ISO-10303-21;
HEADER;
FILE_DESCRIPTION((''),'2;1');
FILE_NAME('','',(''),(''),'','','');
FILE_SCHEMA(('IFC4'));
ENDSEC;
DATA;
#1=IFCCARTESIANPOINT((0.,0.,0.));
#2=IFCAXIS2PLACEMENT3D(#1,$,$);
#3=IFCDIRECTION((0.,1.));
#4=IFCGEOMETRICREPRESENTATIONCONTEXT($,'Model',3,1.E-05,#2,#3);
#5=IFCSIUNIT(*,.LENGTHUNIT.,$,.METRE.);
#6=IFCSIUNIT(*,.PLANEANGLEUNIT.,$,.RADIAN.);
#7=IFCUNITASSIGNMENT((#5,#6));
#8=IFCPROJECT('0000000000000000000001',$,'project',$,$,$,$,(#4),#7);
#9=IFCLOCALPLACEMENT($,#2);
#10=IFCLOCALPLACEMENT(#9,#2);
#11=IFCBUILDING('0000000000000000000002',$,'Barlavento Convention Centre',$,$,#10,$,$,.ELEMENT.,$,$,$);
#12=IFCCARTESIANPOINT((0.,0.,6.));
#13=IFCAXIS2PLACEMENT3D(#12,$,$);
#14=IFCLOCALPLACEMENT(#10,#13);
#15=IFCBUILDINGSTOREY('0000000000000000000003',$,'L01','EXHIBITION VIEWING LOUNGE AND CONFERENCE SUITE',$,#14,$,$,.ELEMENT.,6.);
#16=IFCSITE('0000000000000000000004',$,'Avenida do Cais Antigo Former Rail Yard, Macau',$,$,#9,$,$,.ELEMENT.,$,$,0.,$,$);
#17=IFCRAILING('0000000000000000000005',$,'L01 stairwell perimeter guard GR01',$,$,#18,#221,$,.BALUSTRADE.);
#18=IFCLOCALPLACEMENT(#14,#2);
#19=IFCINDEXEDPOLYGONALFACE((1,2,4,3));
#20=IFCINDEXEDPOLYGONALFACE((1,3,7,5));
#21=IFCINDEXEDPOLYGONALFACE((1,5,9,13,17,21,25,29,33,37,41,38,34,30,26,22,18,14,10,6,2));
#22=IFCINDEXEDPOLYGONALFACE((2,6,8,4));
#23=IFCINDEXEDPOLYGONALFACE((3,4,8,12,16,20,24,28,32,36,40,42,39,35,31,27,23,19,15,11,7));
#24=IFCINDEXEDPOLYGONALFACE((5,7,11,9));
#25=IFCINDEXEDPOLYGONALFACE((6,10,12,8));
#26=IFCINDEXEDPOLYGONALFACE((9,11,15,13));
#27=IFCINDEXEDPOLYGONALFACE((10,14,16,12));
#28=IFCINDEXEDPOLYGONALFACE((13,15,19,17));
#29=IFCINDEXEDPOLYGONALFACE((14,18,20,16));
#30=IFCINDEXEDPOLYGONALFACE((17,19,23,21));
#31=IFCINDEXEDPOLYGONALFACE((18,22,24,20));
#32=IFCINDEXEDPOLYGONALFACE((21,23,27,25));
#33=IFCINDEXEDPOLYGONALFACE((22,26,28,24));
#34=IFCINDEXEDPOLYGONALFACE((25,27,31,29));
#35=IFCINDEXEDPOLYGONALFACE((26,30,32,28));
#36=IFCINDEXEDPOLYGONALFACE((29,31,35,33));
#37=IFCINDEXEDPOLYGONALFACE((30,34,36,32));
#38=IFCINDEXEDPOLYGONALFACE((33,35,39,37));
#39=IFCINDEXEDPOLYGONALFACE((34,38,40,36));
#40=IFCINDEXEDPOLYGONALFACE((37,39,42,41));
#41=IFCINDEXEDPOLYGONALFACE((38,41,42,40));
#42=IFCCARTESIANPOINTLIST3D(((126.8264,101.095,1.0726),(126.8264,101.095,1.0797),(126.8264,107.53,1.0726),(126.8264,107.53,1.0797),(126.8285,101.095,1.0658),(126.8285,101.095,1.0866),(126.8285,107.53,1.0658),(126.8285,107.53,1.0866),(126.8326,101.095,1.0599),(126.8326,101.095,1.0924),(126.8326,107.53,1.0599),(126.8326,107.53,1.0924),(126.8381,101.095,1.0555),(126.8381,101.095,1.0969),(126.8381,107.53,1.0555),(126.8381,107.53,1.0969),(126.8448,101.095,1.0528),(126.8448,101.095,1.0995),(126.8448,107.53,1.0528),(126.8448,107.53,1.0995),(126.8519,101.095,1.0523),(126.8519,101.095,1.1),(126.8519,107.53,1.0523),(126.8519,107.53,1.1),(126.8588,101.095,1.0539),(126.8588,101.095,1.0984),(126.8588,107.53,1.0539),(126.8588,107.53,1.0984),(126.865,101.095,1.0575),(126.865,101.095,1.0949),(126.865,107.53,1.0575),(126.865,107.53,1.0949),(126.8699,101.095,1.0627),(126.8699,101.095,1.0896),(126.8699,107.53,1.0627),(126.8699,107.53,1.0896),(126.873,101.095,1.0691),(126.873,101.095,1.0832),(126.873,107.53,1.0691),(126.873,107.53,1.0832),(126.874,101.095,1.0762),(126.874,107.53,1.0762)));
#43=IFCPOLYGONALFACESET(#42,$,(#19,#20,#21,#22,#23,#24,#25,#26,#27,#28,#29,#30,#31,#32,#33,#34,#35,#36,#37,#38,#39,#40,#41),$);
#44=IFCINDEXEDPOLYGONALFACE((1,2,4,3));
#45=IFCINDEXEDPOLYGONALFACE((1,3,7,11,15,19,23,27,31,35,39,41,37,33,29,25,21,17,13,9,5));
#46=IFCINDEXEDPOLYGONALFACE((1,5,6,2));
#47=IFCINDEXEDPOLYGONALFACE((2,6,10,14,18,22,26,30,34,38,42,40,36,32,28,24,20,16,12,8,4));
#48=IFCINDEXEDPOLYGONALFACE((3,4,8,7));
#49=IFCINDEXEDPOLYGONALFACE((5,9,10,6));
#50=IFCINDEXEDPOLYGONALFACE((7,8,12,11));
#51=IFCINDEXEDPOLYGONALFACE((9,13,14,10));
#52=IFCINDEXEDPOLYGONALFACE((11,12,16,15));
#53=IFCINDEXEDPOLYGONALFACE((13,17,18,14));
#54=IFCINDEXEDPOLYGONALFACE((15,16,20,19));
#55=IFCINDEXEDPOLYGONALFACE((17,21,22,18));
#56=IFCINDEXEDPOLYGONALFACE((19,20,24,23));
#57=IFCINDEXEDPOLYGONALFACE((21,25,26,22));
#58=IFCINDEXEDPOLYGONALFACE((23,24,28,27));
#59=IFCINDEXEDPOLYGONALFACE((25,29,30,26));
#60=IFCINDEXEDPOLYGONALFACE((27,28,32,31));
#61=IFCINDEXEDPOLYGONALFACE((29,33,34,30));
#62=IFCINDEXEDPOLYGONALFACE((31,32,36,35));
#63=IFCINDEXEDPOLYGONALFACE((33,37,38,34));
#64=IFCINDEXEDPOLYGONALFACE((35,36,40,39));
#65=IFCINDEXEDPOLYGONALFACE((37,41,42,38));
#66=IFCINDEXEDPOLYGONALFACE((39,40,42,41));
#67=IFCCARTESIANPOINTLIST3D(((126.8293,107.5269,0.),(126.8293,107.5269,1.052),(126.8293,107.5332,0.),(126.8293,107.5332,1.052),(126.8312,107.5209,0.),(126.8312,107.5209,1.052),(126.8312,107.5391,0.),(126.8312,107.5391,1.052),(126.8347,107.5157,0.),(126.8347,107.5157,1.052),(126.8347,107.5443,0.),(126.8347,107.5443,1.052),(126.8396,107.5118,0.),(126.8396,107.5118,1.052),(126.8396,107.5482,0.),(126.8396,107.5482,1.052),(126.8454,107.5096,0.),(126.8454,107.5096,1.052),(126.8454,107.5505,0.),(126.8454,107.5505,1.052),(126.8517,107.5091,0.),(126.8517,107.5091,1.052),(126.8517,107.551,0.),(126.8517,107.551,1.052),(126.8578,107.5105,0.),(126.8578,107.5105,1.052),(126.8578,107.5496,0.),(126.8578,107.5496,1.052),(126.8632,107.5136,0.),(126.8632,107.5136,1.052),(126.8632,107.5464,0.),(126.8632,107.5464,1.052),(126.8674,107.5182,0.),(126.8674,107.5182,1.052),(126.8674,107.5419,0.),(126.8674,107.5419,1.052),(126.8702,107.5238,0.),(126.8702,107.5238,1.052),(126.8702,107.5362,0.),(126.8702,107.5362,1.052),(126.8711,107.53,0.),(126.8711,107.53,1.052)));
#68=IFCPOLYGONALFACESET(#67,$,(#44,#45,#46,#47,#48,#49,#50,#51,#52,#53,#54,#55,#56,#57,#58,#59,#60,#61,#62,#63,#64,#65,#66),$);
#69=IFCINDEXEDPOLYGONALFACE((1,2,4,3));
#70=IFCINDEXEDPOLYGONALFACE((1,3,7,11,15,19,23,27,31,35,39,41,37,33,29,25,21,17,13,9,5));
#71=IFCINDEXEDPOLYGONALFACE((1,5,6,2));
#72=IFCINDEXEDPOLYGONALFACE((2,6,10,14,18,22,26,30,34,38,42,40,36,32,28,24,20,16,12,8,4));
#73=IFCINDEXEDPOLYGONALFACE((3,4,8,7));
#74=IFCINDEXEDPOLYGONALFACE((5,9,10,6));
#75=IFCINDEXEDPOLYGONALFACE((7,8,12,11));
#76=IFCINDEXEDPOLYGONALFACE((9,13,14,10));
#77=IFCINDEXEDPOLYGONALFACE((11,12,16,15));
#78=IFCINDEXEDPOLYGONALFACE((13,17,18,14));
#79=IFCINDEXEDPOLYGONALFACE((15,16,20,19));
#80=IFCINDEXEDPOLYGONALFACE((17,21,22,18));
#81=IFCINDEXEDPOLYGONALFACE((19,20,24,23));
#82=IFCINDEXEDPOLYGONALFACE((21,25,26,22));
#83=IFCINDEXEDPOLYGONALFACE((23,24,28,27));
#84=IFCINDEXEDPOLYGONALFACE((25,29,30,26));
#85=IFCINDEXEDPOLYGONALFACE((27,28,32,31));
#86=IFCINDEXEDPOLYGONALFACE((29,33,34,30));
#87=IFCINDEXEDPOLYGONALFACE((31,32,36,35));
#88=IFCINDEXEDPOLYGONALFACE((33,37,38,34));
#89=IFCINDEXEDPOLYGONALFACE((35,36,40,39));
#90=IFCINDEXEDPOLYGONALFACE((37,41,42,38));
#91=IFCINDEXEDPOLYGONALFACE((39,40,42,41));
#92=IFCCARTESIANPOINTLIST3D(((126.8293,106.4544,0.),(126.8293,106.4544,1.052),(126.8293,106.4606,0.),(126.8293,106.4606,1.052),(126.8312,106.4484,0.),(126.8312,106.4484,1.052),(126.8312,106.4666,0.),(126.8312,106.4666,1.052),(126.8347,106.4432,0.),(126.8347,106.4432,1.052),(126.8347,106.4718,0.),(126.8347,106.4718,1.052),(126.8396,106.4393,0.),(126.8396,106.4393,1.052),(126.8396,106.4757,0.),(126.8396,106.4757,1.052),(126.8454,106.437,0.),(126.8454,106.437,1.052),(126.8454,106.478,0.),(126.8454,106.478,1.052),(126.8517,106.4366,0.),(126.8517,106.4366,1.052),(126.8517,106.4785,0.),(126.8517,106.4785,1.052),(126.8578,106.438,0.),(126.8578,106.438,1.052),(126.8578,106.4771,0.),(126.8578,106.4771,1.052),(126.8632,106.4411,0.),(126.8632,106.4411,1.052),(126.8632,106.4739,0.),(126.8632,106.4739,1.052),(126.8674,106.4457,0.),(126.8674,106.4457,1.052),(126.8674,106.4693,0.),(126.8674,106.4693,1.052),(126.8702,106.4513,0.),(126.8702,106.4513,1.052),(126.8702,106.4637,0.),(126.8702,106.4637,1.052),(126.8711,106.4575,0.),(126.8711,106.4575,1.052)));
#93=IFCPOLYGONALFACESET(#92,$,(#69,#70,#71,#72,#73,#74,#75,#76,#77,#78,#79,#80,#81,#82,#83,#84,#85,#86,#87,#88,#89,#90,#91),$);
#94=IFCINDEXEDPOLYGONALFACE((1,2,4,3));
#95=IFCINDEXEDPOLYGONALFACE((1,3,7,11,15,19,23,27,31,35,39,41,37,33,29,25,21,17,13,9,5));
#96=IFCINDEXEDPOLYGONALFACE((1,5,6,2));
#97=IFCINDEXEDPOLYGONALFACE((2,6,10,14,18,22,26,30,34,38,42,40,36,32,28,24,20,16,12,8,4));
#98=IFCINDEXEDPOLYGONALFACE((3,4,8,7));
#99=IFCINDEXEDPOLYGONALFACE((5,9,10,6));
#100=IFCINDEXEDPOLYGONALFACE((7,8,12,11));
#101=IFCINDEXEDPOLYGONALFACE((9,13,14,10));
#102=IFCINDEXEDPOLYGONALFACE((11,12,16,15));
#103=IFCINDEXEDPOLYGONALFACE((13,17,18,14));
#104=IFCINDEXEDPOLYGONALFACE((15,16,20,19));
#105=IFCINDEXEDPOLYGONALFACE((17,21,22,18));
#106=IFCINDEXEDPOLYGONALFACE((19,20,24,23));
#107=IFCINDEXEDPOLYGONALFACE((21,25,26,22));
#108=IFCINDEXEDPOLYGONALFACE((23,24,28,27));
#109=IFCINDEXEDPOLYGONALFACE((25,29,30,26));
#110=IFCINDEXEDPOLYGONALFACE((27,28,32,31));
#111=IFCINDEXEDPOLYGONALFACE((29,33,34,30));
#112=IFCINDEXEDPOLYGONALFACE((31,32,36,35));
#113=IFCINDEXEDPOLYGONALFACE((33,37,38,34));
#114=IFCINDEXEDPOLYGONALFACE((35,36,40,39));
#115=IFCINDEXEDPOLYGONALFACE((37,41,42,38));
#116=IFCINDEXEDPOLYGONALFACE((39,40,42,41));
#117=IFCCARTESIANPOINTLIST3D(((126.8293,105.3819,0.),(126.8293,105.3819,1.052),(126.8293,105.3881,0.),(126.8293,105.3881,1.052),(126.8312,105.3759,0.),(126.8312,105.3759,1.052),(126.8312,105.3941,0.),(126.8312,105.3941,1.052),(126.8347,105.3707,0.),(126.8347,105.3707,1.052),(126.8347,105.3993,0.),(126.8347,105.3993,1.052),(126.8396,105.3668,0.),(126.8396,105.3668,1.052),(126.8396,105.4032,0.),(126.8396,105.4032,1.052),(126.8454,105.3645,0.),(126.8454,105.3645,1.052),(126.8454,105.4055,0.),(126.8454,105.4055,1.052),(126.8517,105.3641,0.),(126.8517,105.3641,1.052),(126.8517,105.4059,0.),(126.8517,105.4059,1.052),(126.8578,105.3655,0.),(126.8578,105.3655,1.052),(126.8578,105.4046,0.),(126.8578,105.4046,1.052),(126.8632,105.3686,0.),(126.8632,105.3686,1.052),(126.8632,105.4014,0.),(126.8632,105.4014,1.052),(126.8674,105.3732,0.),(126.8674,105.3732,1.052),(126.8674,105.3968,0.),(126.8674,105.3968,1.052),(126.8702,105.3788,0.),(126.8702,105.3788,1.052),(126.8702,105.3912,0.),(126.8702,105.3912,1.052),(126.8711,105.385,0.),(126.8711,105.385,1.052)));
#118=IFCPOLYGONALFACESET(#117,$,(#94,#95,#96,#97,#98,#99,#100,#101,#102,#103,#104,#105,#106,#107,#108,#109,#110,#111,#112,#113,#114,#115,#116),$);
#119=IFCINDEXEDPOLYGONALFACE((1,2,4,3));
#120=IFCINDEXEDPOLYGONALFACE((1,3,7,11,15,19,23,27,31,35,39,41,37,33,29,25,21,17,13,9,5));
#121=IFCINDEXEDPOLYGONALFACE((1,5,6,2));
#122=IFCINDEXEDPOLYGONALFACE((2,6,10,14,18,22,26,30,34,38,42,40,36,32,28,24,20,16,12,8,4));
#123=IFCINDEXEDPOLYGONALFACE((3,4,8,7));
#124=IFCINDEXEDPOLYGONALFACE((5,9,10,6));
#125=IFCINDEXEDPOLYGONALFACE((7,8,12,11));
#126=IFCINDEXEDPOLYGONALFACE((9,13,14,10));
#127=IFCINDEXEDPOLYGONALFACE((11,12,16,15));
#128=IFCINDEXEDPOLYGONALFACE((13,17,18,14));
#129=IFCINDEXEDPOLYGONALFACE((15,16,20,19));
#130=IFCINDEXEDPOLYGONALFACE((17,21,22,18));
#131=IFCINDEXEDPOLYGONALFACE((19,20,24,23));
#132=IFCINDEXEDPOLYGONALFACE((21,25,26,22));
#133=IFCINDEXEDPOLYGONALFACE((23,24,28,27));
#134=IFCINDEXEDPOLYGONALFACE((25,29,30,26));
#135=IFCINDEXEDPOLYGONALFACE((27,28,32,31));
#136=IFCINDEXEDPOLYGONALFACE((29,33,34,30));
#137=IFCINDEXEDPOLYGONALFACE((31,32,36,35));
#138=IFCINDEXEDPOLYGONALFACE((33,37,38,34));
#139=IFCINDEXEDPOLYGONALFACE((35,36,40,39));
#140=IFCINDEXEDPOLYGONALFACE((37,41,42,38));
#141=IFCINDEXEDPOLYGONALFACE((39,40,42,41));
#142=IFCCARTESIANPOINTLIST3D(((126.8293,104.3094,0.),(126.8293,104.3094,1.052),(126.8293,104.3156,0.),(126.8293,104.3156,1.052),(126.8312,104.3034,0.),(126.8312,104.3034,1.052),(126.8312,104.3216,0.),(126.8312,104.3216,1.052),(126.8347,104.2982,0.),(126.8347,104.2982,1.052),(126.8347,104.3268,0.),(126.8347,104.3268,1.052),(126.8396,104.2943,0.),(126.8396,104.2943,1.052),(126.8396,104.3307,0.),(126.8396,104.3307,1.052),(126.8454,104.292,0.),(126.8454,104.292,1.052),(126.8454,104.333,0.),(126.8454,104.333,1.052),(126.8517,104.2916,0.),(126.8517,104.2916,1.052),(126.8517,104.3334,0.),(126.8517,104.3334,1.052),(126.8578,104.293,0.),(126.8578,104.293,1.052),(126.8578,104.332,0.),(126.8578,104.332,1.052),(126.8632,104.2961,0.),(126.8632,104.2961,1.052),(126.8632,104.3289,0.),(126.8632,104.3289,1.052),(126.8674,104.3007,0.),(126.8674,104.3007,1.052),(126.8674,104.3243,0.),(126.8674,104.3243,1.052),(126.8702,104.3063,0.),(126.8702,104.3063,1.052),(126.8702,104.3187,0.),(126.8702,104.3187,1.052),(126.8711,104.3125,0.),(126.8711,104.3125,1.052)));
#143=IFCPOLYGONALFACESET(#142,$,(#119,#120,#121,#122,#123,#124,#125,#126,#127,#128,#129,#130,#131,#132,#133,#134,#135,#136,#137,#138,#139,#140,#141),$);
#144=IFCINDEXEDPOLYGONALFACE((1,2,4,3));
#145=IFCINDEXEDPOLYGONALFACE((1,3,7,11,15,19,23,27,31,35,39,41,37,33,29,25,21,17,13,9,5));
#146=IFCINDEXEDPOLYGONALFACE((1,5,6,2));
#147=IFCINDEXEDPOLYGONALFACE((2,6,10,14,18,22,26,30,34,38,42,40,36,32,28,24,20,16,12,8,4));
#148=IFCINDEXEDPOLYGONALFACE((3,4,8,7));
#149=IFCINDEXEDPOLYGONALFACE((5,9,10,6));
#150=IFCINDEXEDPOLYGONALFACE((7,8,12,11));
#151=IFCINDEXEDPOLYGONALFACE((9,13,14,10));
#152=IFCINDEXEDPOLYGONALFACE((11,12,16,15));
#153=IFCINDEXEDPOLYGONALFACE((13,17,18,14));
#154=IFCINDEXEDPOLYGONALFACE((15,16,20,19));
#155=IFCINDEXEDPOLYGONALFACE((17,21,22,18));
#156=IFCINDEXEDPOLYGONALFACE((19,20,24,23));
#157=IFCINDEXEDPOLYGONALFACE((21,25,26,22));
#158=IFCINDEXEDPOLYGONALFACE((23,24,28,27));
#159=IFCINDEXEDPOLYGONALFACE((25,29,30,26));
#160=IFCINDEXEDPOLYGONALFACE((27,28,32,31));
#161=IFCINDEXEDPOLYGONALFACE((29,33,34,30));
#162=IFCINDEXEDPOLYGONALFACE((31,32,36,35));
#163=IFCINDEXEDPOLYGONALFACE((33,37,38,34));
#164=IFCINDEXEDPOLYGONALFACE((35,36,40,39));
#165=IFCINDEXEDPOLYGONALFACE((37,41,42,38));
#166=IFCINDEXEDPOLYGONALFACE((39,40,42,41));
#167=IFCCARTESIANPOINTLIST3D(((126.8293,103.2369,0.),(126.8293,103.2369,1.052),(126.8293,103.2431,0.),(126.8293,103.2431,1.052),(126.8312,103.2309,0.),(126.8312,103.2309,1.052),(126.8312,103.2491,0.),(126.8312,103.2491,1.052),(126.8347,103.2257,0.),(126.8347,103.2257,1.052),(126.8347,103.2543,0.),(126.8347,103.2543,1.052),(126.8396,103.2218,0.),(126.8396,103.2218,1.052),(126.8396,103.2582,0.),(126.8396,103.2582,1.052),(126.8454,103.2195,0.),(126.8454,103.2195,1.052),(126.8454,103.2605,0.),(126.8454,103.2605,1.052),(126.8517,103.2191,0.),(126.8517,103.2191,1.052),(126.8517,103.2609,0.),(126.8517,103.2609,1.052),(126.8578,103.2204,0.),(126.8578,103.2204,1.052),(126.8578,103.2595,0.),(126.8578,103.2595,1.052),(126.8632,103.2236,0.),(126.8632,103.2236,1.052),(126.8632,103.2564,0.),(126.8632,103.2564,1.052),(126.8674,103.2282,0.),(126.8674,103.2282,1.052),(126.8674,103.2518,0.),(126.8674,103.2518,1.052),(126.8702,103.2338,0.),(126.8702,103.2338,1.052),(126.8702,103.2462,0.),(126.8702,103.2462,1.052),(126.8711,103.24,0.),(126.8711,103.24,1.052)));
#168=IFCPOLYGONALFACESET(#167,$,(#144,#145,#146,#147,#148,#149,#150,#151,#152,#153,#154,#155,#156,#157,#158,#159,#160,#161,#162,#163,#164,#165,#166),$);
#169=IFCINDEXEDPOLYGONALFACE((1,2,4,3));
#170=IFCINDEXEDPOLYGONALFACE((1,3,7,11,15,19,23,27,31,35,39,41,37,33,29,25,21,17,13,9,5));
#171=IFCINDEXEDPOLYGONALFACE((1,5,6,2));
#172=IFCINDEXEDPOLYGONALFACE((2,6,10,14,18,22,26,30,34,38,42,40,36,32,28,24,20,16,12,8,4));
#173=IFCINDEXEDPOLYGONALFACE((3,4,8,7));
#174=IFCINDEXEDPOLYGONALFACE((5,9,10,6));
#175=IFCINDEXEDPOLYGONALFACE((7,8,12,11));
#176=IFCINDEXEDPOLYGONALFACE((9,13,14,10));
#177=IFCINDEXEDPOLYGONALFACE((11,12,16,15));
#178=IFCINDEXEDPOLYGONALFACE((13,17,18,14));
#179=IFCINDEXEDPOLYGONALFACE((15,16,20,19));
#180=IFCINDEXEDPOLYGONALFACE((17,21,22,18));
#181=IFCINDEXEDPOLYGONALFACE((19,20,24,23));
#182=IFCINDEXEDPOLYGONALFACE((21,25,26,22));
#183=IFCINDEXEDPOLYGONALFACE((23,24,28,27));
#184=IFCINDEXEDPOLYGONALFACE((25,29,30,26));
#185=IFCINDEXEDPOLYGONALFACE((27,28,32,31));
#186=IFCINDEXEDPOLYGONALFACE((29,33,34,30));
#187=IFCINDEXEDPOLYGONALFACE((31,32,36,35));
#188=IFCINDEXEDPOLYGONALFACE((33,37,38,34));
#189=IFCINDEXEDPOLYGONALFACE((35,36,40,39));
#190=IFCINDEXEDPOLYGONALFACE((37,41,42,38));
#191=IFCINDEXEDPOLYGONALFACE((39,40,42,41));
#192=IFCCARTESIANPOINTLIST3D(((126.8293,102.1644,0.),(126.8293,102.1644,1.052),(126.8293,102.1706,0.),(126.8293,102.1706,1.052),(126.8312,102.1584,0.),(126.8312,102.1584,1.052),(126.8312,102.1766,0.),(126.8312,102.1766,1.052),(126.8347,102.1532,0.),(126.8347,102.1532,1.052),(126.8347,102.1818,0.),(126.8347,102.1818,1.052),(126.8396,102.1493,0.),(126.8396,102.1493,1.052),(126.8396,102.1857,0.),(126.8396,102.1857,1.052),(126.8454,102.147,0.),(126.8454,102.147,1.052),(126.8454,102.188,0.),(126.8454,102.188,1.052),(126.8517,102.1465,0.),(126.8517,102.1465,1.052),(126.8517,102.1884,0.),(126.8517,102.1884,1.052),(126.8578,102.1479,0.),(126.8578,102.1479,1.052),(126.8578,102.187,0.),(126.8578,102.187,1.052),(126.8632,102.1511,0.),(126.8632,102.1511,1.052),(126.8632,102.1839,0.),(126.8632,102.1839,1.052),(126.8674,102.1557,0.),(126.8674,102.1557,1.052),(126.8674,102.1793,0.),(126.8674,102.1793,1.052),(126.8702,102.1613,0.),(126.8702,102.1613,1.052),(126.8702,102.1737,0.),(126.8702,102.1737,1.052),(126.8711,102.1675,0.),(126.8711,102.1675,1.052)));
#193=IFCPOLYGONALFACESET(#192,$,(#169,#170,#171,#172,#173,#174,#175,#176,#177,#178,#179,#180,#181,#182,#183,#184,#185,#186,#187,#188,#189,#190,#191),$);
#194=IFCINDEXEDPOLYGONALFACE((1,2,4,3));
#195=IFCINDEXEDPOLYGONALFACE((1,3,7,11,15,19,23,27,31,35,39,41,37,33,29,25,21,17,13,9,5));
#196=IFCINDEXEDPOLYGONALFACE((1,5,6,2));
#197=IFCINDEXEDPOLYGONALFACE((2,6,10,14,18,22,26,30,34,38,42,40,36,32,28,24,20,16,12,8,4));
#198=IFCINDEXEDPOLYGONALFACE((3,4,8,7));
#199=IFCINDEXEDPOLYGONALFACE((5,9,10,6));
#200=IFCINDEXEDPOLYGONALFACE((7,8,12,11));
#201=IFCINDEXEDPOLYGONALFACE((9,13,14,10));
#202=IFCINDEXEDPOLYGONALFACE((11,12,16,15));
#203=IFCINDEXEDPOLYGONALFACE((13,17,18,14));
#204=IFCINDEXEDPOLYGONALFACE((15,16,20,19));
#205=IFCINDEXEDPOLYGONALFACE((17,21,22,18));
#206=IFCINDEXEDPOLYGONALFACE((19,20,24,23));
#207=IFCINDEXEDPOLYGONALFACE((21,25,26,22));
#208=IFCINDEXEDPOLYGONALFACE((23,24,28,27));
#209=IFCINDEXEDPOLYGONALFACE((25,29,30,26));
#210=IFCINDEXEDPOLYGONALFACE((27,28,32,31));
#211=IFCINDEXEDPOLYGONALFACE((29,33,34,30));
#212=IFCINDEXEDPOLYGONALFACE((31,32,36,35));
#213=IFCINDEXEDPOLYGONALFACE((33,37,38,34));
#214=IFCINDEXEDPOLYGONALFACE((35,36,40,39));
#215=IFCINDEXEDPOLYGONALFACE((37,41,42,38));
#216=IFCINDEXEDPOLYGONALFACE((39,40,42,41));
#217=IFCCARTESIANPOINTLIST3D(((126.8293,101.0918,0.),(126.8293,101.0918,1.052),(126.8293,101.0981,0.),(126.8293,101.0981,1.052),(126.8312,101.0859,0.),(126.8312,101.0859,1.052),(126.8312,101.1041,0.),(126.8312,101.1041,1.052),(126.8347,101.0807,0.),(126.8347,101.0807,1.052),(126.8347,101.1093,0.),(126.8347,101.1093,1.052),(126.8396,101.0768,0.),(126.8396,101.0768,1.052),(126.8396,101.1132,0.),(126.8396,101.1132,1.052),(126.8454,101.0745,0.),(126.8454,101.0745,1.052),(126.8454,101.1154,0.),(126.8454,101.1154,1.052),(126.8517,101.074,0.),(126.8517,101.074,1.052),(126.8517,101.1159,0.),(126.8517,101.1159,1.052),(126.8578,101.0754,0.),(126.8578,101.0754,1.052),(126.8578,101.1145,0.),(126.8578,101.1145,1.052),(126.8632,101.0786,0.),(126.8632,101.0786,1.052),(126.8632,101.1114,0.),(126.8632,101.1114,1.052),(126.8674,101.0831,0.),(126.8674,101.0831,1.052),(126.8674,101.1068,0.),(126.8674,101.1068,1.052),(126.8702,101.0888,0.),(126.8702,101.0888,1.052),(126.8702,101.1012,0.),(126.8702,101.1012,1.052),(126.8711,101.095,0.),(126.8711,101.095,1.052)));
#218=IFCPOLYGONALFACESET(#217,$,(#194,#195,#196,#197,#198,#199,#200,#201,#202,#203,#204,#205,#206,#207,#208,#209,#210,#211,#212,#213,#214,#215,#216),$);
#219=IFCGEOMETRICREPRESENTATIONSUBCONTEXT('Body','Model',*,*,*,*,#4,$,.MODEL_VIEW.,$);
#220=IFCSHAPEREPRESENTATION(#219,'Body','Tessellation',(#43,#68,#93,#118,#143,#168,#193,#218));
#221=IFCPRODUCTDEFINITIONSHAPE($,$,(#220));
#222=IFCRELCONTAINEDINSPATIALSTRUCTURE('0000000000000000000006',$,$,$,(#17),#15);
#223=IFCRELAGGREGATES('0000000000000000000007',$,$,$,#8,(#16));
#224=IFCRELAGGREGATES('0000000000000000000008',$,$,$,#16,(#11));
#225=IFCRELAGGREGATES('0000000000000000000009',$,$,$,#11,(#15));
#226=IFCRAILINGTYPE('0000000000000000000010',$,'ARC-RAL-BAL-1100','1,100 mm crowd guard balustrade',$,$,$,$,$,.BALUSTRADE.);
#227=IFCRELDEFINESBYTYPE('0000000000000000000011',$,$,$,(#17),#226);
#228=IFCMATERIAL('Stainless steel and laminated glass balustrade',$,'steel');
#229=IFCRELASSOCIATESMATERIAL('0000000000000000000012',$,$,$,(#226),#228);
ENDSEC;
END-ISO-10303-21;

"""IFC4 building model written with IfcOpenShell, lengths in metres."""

from ifc_helpers import new_model, si_unit, direction, frame, origin, origin_2d, place, context, subcontext, project, spatial, circle, extrude, material, type_object, element, save


model = new_model("IFC4")

# Units and contexts
model_context = context("Model", 3, precision=1e-05, world=origin(), true_north=direction((0.0, 1.0)))
body_context = subcontext(model_context, "Body", "Model", "MODEL_VIEW")
ifc_project = project(units=[si_unit("LENGTHUNIT", "METRE"), si_unit("PLANEANGLEUNIT", "RADIAN")], contexts=[model_context])

# Site, building, storey
site_placement = place(None, origin())
site = spatial("IfcSite", under=ifc_project, at=site_placement, Name="Avenida do Cais Antigo Former Rail Yard, Macau", CompositionType="ELEMENT", RefElevation=0.0)
building_placement = place(site_placement, origin())
building = spatial("IfcBuilding", under=site, at=building_placement, Name="Barlavento Convention Centre", CompositionType="ELEMENT")
storey_placement = place(building_placement, frame((0.0, 0.0, 6.0)))
storey = spatial("IfcBuildingStorey", under=building, at=storey_placement, Name="L01", Description="EXHIBITION VIEWING LOUNGE AND CONFERENCE SUITE", CompositionType="ELEMENT", Elevation=6.0)

# Railing
ifc_material_1 = material(Name="Stainless steel and laminated glass balustrade", Category="steel")
railing_type = type_object("IfcRailingType", Name="ARC-RAL-BAL-1100", Description="1,100 mm crowd guard balustrade", PredefinedType="BALUSTRADE", material=ifc_material_1)
railing_1_placement = place(storey_placement, frame((126.8501, 107.53, 0.0)))
element("IfcRailing", 1, at=railing_1_placement, inside=storey, type_object=railing_type, Name="L01 stairwell perimeter guard GR01", PredefinedType="BALUSTRADE", context=body_context, shape_type="SweptSolid", body=[
    extrude(circle(Radius=0.0239, at=origin_2d()), frame((0.0, 0.0, 1.0762), z_axis=(0.0, -1.0, 0.0), x_axis=(1.0, 0.0, 0.0)), (0.0, 0.0, 1.0), 6.4351),
    extrude(circle(Radius=0.021, at=origin_2d()), origin(), (0.0, 0.0, 1.0), 1.052),
    extrude(circle(Radius=0.021, at=origin_2d()), frame((0.0, -1.0725, 0.0)), (0.0, 0.0, 1.0), 1.052),
    extrude(circle(Radius=0.021, at=origin_2d()), frame((0.0, -2.145, 0.0)), (0.0, 0.0, 1.0), 1.052),
    extrude(circle(Radius=0.021, at=origin_2d()), frame((0.0, -3.2175, 0.0)), (0.0, 0.0, 1.0), 1.052),
    extrude(circle(Radius=0.021, at=origin_2d()), frame((0.0, -4.29, 0.0)), (0.0, 0.0, 1.0), 1.052),
    extrude(circle(Radius=0.021, at=origin_2d()), frame((0.0, -5.3625, 0.0)), (0.0, 0.0, 1.0), 1.052),
    extrude(circle(Radius=0.021, at=origin_2d()), frame((0.0, -6.4351, 0.0)), (0.0, 0.0, 1.0), 1.052),
])

save(model, "model.ifc")
